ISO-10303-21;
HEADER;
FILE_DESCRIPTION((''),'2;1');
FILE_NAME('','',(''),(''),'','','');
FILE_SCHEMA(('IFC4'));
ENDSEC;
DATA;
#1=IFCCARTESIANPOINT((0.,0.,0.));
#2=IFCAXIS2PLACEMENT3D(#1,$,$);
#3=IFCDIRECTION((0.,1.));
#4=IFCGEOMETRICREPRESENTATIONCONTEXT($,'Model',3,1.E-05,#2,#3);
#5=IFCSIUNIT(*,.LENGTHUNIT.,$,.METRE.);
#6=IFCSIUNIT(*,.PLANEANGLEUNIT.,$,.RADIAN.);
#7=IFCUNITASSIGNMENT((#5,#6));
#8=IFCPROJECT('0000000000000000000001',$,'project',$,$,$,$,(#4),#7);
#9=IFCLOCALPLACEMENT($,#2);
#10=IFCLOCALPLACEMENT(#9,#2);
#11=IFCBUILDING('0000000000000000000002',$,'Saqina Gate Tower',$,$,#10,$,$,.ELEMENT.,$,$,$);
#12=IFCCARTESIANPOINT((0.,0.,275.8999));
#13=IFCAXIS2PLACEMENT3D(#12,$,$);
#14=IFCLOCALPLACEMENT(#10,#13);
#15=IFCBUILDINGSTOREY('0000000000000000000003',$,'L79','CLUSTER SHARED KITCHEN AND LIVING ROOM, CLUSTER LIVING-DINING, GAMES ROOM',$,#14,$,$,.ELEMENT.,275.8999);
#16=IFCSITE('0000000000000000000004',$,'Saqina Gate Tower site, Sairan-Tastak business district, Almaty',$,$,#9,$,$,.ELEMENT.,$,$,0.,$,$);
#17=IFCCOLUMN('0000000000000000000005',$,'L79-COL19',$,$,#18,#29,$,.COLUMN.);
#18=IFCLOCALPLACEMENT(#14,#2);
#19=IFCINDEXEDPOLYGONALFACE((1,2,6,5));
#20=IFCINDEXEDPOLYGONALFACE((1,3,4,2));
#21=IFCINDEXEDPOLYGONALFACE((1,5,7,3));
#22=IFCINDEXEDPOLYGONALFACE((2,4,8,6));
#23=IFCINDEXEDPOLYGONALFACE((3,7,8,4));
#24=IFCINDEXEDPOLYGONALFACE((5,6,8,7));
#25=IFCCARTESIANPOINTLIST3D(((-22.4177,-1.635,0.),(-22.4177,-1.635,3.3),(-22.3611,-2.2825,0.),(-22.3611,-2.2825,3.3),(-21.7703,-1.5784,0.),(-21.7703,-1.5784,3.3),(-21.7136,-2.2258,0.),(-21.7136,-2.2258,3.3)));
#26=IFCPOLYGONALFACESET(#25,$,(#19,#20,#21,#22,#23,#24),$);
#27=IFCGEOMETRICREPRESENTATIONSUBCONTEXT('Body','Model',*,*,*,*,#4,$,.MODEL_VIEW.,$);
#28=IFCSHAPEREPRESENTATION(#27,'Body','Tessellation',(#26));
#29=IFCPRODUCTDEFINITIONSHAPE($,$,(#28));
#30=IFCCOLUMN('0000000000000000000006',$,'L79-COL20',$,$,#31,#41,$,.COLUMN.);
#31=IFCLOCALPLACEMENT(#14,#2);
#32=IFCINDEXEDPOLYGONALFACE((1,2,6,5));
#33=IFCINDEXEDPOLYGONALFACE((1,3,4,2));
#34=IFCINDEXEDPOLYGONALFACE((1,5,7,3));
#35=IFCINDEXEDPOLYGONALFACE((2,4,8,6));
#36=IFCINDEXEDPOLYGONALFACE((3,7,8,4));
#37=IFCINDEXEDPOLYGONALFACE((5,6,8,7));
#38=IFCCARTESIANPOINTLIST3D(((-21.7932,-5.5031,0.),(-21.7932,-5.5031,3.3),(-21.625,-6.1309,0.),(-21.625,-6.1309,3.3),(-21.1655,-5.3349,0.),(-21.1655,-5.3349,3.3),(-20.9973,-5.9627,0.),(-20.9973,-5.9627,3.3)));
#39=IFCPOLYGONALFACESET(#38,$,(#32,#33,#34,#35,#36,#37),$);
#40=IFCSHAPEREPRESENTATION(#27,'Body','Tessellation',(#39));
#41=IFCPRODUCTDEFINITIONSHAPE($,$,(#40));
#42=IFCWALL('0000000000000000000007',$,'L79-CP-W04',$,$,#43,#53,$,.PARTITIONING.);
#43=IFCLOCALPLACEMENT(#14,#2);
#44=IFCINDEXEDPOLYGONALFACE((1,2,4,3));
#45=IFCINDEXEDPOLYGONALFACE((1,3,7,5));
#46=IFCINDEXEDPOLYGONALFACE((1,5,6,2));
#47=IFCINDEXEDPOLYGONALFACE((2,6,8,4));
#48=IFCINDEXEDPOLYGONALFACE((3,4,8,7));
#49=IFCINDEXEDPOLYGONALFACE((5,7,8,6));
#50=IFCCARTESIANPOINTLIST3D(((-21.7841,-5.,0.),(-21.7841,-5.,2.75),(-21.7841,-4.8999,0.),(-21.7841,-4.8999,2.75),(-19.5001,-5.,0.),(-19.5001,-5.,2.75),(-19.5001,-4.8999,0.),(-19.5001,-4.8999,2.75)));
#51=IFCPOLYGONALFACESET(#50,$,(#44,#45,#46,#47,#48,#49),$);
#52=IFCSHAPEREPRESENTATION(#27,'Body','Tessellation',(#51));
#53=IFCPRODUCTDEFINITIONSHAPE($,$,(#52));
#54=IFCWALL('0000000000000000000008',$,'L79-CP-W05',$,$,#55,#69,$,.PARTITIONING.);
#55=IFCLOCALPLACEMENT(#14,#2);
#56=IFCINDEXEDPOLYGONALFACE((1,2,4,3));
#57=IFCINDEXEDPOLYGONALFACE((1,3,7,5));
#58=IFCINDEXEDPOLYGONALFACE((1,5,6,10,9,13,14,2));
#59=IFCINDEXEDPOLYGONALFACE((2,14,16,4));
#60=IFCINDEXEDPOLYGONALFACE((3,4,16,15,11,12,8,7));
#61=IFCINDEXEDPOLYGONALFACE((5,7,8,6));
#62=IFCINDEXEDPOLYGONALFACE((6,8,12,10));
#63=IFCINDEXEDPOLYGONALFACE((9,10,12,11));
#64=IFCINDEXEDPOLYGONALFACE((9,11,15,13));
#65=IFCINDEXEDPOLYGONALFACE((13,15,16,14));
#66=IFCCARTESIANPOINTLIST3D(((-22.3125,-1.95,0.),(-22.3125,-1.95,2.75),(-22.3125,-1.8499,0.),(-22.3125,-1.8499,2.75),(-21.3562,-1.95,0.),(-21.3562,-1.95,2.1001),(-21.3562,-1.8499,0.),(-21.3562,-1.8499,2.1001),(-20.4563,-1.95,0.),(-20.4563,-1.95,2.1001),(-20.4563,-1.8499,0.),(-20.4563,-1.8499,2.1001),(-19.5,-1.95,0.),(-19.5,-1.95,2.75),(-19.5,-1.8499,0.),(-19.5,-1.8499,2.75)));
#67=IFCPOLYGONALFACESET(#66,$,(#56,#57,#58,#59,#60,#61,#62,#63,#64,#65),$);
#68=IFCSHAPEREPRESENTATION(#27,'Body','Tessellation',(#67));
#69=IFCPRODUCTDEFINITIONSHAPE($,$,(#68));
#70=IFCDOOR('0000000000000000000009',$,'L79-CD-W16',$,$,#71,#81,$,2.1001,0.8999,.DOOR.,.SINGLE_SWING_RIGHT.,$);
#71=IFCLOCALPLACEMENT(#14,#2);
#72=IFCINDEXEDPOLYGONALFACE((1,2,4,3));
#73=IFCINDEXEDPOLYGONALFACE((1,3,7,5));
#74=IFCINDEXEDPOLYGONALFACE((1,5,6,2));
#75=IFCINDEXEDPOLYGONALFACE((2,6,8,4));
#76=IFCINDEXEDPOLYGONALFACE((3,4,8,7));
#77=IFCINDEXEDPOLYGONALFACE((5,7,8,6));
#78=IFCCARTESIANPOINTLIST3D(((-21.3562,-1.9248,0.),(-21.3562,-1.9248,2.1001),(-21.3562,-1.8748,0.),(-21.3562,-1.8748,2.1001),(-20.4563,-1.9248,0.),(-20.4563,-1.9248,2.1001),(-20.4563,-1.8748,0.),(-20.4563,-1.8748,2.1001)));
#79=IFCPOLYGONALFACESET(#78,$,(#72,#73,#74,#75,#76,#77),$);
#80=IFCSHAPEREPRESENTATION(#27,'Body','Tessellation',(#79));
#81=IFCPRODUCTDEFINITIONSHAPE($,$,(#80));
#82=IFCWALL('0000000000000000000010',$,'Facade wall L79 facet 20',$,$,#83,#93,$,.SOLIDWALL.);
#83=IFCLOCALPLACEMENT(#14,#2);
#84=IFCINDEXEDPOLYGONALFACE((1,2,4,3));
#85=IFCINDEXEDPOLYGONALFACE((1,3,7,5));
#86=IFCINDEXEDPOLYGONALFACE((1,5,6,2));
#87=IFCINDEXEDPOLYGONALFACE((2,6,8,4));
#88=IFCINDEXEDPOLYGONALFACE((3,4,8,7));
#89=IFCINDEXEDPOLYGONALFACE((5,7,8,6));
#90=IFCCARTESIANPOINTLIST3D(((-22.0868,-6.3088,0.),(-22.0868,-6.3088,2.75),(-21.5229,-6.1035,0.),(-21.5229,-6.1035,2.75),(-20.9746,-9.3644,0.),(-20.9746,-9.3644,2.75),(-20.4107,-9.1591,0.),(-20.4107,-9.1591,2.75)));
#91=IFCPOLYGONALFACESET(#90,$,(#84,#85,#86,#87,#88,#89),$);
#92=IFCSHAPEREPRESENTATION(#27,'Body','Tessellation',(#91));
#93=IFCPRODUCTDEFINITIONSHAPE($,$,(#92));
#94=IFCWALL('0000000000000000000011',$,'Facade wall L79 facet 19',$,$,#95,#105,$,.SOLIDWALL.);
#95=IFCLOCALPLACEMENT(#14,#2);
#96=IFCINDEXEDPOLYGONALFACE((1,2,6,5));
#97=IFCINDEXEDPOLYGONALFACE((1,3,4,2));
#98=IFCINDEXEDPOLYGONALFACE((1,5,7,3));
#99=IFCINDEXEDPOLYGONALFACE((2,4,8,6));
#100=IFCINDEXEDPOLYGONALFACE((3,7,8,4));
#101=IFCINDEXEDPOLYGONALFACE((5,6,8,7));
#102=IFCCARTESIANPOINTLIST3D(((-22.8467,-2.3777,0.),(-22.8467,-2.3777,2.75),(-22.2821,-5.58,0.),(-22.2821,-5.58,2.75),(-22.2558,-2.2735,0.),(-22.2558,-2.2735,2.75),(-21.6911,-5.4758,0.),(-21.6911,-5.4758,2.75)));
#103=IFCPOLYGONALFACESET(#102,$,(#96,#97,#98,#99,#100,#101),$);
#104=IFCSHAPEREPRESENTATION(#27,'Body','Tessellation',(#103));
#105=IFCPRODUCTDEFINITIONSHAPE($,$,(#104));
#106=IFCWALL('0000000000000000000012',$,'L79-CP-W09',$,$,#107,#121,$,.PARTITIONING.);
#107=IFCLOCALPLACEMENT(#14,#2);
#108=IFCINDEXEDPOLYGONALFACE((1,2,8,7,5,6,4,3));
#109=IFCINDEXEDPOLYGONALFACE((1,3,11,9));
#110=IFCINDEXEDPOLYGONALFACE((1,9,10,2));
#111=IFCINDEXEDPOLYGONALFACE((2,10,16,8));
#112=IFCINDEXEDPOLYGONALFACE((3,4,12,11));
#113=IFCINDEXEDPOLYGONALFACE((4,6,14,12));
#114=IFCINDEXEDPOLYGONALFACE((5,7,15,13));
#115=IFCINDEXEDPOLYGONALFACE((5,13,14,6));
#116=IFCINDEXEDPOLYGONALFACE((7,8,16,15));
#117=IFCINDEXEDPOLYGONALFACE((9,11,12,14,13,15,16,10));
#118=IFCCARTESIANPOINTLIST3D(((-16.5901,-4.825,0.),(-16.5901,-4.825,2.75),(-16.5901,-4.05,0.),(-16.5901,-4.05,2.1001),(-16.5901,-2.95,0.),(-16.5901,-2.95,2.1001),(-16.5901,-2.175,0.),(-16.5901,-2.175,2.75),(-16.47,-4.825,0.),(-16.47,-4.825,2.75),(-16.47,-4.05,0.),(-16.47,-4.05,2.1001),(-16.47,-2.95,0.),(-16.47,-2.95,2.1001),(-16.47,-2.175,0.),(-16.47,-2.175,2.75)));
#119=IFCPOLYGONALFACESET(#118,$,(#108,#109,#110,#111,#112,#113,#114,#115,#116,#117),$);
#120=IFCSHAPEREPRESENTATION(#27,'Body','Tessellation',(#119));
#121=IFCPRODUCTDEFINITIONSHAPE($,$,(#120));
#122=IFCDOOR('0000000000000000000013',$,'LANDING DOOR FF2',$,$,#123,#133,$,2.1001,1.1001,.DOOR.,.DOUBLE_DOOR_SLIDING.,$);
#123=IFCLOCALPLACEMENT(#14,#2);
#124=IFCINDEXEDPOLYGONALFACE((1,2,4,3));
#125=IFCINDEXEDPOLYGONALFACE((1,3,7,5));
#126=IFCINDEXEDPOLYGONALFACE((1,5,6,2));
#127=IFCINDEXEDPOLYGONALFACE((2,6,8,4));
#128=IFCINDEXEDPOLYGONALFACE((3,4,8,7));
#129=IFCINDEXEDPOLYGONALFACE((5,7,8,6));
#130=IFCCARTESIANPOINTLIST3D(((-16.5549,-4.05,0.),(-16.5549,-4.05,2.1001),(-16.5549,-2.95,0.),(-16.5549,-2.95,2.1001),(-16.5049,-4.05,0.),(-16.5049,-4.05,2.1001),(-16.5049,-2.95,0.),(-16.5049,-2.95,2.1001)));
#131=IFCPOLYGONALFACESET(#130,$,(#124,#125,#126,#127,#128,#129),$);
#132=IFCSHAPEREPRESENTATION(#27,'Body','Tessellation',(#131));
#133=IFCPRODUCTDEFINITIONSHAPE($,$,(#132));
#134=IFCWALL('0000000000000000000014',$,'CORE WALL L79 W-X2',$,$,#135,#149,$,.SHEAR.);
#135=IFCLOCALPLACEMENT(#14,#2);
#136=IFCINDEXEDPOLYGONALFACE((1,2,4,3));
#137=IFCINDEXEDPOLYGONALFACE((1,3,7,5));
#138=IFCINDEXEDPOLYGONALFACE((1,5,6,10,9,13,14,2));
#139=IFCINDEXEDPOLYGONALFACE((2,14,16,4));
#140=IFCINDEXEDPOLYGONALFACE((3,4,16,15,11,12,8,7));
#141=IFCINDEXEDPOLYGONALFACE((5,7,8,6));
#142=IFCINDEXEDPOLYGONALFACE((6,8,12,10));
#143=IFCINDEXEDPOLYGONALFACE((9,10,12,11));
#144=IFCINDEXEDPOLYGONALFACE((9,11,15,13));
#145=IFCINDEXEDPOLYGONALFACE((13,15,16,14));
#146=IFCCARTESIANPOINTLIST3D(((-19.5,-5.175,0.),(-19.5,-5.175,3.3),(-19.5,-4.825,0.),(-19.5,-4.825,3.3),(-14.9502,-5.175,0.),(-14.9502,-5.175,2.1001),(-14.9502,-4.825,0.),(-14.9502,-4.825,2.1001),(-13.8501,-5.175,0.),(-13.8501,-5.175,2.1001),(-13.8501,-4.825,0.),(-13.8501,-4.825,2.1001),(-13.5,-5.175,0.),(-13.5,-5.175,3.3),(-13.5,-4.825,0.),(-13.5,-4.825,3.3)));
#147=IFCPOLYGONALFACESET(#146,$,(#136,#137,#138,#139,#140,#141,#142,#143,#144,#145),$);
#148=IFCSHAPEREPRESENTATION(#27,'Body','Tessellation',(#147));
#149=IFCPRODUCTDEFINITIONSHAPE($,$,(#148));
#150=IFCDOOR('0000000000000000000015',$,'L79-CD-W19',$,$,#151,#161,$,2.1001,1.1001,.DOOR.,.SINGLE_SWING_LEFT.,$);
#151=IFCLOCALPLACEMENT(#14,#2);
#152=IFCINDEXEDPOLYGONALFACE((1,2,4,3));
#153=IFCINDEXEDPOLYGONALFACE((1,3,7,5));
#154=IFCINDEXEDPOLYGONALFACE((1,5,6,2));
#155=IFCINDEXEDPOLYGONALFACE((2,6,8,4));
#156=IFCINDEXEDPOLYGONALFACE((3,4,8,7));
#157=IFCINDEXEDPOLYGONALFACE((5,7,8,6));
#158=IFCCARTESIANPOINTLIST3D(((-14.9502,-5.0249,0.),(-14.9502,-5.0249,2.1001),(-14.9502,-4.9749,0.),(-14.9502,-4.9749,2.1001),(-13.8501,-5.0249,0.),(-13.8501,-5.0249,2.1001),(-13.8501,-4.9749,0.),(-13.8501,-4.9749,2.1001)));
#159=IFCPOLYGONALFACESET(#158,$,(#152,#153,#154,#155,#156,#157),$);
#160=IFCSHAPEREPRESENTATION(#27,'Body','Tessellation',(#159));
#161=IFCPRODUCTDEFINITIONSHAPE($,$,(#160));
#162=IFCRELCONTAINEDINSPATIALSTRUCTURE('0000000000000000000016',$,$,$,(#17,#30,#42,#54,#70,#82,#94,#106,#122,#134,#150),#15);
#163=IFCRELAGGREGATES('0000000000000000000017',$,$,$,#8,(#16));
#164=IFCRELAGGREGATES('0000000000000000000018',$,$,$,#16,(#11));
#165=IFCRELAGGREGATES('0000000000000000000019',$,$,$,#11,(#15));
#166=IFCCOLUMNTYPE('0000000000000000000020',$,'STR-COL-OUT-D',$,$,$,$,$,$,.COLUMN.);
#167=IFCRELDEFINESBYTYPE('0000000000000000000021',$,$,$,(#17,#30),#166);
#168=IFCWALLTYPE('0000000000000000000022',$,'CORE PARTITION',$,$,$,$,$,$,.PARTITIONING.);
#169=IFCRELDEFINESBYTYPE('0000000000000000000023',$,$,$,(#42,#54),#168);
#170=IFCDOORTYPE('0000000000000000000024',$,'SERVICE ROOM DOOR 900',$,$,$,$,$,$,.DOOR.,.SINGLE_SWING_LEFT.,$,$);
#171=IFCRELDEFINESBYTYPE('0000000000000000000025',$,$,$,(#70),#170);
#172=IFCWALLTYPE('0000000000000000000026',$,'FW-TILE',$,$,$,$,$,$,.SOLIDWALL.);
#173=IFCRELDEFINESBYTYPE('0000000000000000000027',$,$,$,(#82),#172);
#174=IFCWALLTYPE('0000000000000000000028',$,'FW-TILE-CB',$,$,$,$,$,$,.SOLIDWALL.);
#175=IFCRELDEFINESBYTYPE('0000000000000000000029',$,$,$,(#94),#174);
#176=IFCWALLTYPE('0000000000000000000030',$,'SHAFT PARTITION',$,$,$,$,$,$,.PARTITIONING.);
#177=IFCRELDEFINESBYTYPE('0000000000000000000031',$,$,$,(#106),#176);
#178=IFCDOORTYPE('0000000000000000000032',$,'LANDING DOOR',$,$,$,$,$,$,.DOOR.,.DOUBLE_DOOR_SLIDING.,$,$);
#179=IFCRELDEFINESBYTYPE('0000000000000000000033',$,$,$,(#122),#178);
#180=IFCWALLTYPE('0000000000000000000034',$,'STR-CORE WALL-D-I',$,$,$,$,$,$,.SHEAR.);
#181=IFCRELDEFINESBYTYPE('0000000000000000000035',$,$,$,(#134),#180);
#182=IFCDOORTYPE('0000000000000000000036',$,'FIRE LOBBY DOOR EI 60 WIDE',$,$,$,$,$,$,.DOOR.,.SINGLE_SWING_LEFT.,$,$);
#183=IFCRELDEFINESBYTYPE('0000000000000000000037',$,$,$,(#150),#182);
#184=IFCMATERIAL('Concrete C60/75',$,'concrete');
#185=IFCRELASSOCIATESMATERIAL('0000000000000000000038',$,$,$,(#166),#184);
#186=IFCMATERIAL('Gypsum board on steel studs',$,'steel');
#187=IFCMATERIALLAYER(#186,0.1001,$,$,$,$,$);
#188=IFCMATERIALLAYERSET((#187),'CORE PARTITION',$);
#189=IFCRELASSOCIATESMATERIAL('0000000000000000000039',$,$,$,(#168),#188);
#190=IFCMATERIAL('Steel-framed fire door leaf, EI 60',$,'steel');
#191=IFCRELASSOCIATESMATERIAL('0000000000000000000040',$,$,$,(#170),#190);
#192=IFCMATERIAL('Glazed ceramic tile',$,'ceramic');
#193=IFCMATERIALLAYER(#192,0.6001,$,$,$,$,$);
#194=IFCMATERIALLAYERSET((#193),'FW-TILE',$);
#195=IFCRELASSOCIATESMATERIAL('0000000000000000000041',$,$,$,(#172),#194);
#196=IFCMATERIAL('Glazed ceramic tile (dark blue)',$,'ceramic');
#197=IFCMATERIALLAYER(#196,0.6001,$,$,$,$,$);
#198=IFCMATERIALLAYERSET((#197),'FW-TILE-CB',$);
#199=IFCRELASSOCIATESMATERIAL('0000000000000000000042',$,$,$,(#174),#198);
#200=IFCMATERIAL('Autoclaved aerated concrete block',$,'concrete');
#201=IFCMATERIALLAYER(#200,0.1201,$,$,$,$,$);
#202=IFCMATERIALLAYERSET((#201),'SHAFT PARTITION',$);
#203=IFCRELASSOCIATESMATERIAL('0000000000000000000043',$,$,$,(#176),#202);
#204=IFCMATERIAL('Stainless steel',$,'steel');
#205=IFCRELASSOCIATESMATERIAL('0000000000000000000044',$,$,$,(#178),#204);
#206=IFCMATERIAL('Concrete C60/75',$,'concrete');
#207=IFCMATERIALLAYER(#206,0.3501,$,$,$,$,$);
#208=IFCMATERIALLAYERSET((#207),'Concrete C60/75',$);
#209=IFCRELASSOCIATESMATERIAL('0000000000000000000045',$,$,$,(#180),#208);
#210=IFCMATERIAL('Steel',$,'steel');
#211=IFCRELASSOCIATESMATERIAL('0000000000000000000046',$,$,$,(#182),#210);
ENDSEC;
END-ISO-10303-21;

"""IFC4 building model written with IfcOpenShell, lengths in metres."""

from ifc_helpers import new_model, si_unit, direction, frame, frame_2d, origin, origin_2d, place, context, subcontext, project, spatial, rectangle, extrude, material, layer, layer_set, material_profile, profile_set, type_object, element, fill, save


model = new_model("IFC4")

# Units and contexts
model_context = context("Model", 3, precision=1e-05, world=origin(), true_north=direction((0.0, 1.0)))
body_context = subcontext(model_context, "Body", "Model", "MODEL_VIEW")
ifc_project = project(units=[si_unit("LENGTHUNIT", "METRE"), si_unit("PLANEANGLEUNIT", "RADIAN")], contexts=[model_context])

# Site, building, storey
site_placement = place(None, origin())
site = spatial("IfcSite", under=ifc_project, at=site_placement, Name="Saqina Gate Tower site, Sairan-Tastak business district, Almaty", CompositionType="ELEMENT", RefElevation=0.0)
building_placement = place(site_placement, origin())
building = spatial("IfcBuilding", under=site, at=building_placement, Name="Saqina Gate Tower", CompositionType="ELEMENT")
storey_placement = place(building_placement, frame((0.0, 0.0, 275.8999)))
storey = spatial("IfcBuildingStorey", under=building, at=storey_placement, Name="L79", Description="CLUSTER SHARED KITCHEN AND LIVING ROOM, CLUSTER LIVING-DINING, GAMES ROOM", CompositionType="ELEMENT", Elevation=275.8999)

# Columns
ifc_material_1 = material(Name="Concrete C60/75", Category="concrete")
ifc_material_profile = material_profile(ifc_material_1, rectangle(XDim=0.6499, YDim=0.6499, at=origin_2d()), Name="RC 650x650")
ifc_profile_set = profile_set([ifc_material_profile], Name="Concrete C60/75")
column_type = type_object("IfcColumnType", Name="STR-COL-OUT-D", PredefinedType="COLUMN", material=ifc_profile_set)
for number, where, z_axis, x_axis, name in (
    (1, (-22.0657, -1.9304, 0.0), (0.0, 0.0, 1.0), (-0.996195, -0.087156, 0.0), "L79-COL19"),
    (2, (-21.3953, -5.7329, 0.0), (0.0, 0.0, 1.0), (-0.965926, -0.258819, 0.0), "L79-COL20"),
):
    element("IfcColumn", number, at=place(storey_placement, frame(where, z_axis=z_axis, x_axis=x_axis)), inside=storey, type_object=column_type, Name=name, PredefinedType="COLUMN", context=body_context, shape_type="SweptSolid", body=[
        extrude(rectangle(XDim=0.6499, YDim=0.6499, at=origin_2d()), origin(), (0.0, 0.0, 1.0), 3.3),
    ])

# Wall
ifc_material_2 = material(Name="Gypsum board on steel studs", Category="steel")
ifc_layer_1 = layer(ifc_material_2, 0.1001)
ifc_layer_set_1 = layer_set([ifc_layer_1], Name="CORE PARTITION")
wall_type_1 = type_object("IfcWallType", Name="CORE PARTITION", PredefinedType="PARTITIONING", material=ifc_layer_set_1)
wall_1_placement = place(storey_placement, frame((-19.5, -4.95, 0.0), z_axis=(0.0, 0.0, 1.0), x_axis=(-1.0, 0.0, 0.0)))
element("IfcWall", 3, at=wall_1_placement, inside=storey, type_object=wall_type_1, Name="L79-CP-W04", PredefinedType="PARTITIONING", context=body_context, shape_type="SweptSolid", body=[
    extrude(rectangle(XDim=2.2839, YDim=0.1001, at=frame_2d((1.1421, 0.0))), origin(), (0.0, 0.0, 1.0), 2.75),
])

# Wall, opening, door
wall_2_placement = place(storey_placement, frame((-19.5, -1.8999, 0.0), z_axis=(0.0, 0.0, 1.0), x_axis=(-1.0, 0.0, 0.0)))
wall_2 = element("IfcWall", 4, at=wall_2_placement, inside=storey, type_object=wall_type_1, Name="L79-CP-W05", PredefinedType="PARTITIONING", context=body_context, shape_type="SweptSolid", body=[
    extrude(rectangle(XDim=2.8125, YDim=0.1001, at=frame_2d((1.4062, 0.0))), origin(), (0.0, 0.0, 1.0), 2.75),
])
opening_1_placement = place(wall_2_placement, frame((0.9563, 0.0, 0.0)))
opening_1 = element("IfcOpeningElement", 5, at=opening_1_placement, cuts=wall_2, PredefinedType="OPENING", context=body_context, shape_type="SweptSolid", body=[
    extrude(rectangle(XDim=0.8999, YDim=2.1001, at=frame_2d((0.45, 1.05))), frame((0.0, 0.062, 0.0), z_axis=(0.0, -1.0, 0.0), x_axis=(1.0, 0.0, 0.0)), (0.0, 0.0, 1.0), 0.124),
])
ifc_material_3 = material(Name="Steel-framed fire door leaf, EI 60", Category="steel")
door_type_1 = type_object("IfcDoorType", Name="SERVICE ROOM DOOR 900", OperationType="SINGLE_SWING_LEFT", PredefinedType="DOOR", material=ifc_material_3)
door_1_placement = place(opening_1_placement, origin())
door_1 = element("IfcDoor", 6, at=door_1_placement, inside=storey, type_object=door_type_1, Name="L79-CD-W16", OperationType="SINGLE_SWING_RIGHT", OverallHeight=2.1001, OverallWidth=0.8999, PredefinedType="DOOR", context=body_context, shape_type="SweptSolid", body=[
    extrude(rectangle(XDim=0.8999, YDim=2.1001, at=frame_2d((0.45, 1.05))), frame((0.0, 0.0249, 0.0), z_axis=(0.0, -1.0, 0.0), x_axis=(1.0, 0.0, 0.0)), (0.0, 0.0, 1.0), 0.05),
])
fill(opening_1, door_1)

# Walls
ifc_material_4 = material(Name="Glazed ceramic tile", Category="ceramic")
ifc_layer_2 = layer(ifc_material_4, 0.6001)
ifc_layer_set_2 = layer_set([ifc_layer_2], Name="FW-TILE")
wall_type_2 = type_object("IfcWallType", Name="FW-TILE", PredefinedType="SOLIDWALL", material=ifc_layer_set_2)
wall_3_placement = place(storey_placement, frame((-21.8049, -6.2061, 0.0), z_axis=(0.0, 0.0, 1.0), x_axis=(0.342057, -0.939679, 0.0)))
element("IfcWall", 7, at=wall_3_placement, inside=storey, type_object=wall_type_2, Name="Facade wall L79 facet 20", PredefinedType="SOLIDWALL", context=body_context, shape_type="SweptSolid", body=[
    extrude(rectangle(XDim=3.2517, YDim=0.6001, at=frame_2d((1.626, 0.0))), origin(), (0.0, 0.0, 1.0), 2.75),
])
ifc_material_5 = material(Name="Glazed ceramic tile (dark blue)", Category="ceramic")
ifc_layer_3 = layer(ifc_material_5, 0.6001)
ifc_layer_set_3 = layer_set([ifc_layer_3], Name="FW-TILE-CB")
wall_type_3 = type_object("IfcWallType", Name="FW-TILE-CB", PredefinedType="SOLIDWALL", material=ifc_layer_set_3)
wall_4_placement = place(storey_placement, frame((-22.5513, -2.3254, 0.0), z_axis=(0.0, 0.0, 1.0), x_axis=(0.173657, -0.984806, 0.0)))
element("IfcWall", 8, at=wall_4_placement, inside=storey, type_object=wall_type_3, Name="Facade wall L79 facet 19", PredefinedType="SOLIDWALL", context=body_context, shape_type="SweptSolid", body=[
    extrude(rectangle(XDim=3.2517, YDim=0.6001, at=frame_2d((1.626, 0.0))), origin(), (0.0, 0.0, 1.0), 2.75),
])

# Walls, openings, doors
ifc_material_6 = material(Name="Autoclaved aerated concrete block", Category="concrete")
ifc_layer_4 = layer(ifc_material_6, 0.1201)
ifc_layer_set_4 = layer_set([ifc_layer_4], Name="SHAFT PARTITION")
wall_type_4 = type_object("IfcWallType", Name="SHAFT PARTITION", PredefinedType="PARTITIONING", material=ifc_layer_set_4)
wall_5_placement = place(storey_placement, frame((-16.53, -4.825, 0.0), z_axis=(0.0, 0.0, 1.0), x_axis=(0.0, 1.0, 0.0)))
wall_5 = element("IfcWall", 9, at=wall_5_placement, inside=storey, type_object=wall_type_4, Name="L79-CP-W09", PredefinedType="PARTITIONING", context=body_context, shape_type="SweptSolid", body=[
    extrude(rectangle(XDim=2.6499, YDim=0.1201, at=frame_2d((1.325, 0.0))), origin(), (0.0, 0.0, 1.0), 2.75),
])
opening_2_placement = place(wall_5_placement, frame((0.7749, 0.0, 0.0)))
opening_2 = element("IfcOpeningElement", 10, at=opening_2_placement, cuts=wall_5, PredefinedType="OPENING", context=body_context, shape_type="SweptSolid", body=[
    extrude(rectangle(XDim=1.1001, YDim=2.1001, at=frame_2d((0.55, 1.05))), frame((0.0, 0.072, 0.0), z_axis=(0.0, -1.0, 0.0), x_axis=(1.0, 0.0, 0.0)), (0.0, 0.0, 1.0), 0.144),
])
ifc_material_7 = material(Name="Stainless steel", Category="steel")
door_type_2 = type_object("IfcDoorType", Name="LANDING DOOR", OperationType="DOUBLE_DOOR_SLIDING", PredefinedType="DOOR", material=ifc_material_7)
door_2_placement = place(opening_2_placement, origin())
door_2 = element("IfcDoor", 11, at=door_2_placement, inside=storey, type_object=door_type_2, Name="LANDING DOOR FF2", OperationType="DOUBLE_DOOR_SLIDING", OverallHeight=2.1001, OverallWidth=1.1001, PredefinedType="DOOR", context=body_context, shape_type="SweptSolid", body=[
    extrude(rectangle(XDim=1.1001, YDim=2.1001, at=frame_2d((0.55, 1.05))), frame((0.0, 0.0249, 0.0), z_axis=(0.0, -1.0, 0.0), x_axis=(1.0, 0.0, 0.0)), (0.0, 0.0, 1.0), 0.05),
])
fill(opening_2, door_2)
ifc_material_8 = material(Name="Concrete C60/75", Category="concrete")
ifc_layer_5 = layer(ifc_material_8, 0.3501)
ifc_layer_set_5 = layer_set([ifc_layer_5], Name="Concrete C60/75")
wall_type_5 = type_object("IfcWallType", Name="STR-CORE WALL-D-I", PredefinedType="SHEAR", material=ifc_layer_set_5)
wall_6_placement = place(storey_placement, frame((-13.5, -5.0, 0.0), z_axis=(0.0, 0.0, 1.0), x_axis=(-1.0, 0.0, 0.0)))
wall_6 = element("IfcWall", 12, at=wall_6_placement, inside=storey, type_object=wall_type_5, Name="CORE WALL L79 W-X2", PredefinedType="SHEAR", context=body_context, shape_type="SweptSolid", body=[
    extrude(rectangle(XDim=6.0, YDim=0.3501, at=frame_2d((3.0, 0.0))), origin(), (0.0, 0.0, 1.0), 3.3),
])
opening_3_placement = place(wall_6_placement, frame((0.3501, 0.0, 0.0)))
opening_3 = element("IfcOpeningElement", 13, at=opening_3_placement, cuts=wall_6, PredefinedType="OPENING", context=body_context, shape_type="SweptSolid", body=[
    extrude(rectangle(XDim=1.1001, YDim=2.1001, at=frame_2d((0.55, 1.05))), frame((0.0, 0.187, 0.0), z_axis=(0.0, -1.0, 0.0), x_axis=(1.0, 0.0, 0.0)), (0.0, 0.0, 1.0), 0.374),
])
ifc_material_9 = material(Name="Steel", Category="steel")
door_type_3 = type_object("IfcDoorType", Name="FIRE LOBBY DOOR EI 60 WIDE", OperationType="SINGLE_SWING_LEFT", PredefinedType="DOOR", material=ifc_material_9)
door_3_placement = place(opening_3_placement, origin())
door_3 = element("IfcDoor", 14, at=door_3_placement, inside=storey, type_object=door_type_3, Name="L79-CD-W19", OperationType="SINGLE_SWING_LEFT", OverallHeight=2.1001, OverallWidth=1.1001, PredefinedType="DOOR", context=body_context, shape_type="SweptSolid", body=[
    extrude(rectangle(XDim=1.1001, YDim=2.1001, at=frame_2d((0.55, 1.05))), frame((0.0, 0.0249, 0.0), z_axis=(0.0, -1.0, 0.0), x_axis=(1.0, 0.0, 0.0)), (0.0, 0.0, 1.0), 0.05),
])
fill(opening_3, door_3)

save(model, "model.ifc")
